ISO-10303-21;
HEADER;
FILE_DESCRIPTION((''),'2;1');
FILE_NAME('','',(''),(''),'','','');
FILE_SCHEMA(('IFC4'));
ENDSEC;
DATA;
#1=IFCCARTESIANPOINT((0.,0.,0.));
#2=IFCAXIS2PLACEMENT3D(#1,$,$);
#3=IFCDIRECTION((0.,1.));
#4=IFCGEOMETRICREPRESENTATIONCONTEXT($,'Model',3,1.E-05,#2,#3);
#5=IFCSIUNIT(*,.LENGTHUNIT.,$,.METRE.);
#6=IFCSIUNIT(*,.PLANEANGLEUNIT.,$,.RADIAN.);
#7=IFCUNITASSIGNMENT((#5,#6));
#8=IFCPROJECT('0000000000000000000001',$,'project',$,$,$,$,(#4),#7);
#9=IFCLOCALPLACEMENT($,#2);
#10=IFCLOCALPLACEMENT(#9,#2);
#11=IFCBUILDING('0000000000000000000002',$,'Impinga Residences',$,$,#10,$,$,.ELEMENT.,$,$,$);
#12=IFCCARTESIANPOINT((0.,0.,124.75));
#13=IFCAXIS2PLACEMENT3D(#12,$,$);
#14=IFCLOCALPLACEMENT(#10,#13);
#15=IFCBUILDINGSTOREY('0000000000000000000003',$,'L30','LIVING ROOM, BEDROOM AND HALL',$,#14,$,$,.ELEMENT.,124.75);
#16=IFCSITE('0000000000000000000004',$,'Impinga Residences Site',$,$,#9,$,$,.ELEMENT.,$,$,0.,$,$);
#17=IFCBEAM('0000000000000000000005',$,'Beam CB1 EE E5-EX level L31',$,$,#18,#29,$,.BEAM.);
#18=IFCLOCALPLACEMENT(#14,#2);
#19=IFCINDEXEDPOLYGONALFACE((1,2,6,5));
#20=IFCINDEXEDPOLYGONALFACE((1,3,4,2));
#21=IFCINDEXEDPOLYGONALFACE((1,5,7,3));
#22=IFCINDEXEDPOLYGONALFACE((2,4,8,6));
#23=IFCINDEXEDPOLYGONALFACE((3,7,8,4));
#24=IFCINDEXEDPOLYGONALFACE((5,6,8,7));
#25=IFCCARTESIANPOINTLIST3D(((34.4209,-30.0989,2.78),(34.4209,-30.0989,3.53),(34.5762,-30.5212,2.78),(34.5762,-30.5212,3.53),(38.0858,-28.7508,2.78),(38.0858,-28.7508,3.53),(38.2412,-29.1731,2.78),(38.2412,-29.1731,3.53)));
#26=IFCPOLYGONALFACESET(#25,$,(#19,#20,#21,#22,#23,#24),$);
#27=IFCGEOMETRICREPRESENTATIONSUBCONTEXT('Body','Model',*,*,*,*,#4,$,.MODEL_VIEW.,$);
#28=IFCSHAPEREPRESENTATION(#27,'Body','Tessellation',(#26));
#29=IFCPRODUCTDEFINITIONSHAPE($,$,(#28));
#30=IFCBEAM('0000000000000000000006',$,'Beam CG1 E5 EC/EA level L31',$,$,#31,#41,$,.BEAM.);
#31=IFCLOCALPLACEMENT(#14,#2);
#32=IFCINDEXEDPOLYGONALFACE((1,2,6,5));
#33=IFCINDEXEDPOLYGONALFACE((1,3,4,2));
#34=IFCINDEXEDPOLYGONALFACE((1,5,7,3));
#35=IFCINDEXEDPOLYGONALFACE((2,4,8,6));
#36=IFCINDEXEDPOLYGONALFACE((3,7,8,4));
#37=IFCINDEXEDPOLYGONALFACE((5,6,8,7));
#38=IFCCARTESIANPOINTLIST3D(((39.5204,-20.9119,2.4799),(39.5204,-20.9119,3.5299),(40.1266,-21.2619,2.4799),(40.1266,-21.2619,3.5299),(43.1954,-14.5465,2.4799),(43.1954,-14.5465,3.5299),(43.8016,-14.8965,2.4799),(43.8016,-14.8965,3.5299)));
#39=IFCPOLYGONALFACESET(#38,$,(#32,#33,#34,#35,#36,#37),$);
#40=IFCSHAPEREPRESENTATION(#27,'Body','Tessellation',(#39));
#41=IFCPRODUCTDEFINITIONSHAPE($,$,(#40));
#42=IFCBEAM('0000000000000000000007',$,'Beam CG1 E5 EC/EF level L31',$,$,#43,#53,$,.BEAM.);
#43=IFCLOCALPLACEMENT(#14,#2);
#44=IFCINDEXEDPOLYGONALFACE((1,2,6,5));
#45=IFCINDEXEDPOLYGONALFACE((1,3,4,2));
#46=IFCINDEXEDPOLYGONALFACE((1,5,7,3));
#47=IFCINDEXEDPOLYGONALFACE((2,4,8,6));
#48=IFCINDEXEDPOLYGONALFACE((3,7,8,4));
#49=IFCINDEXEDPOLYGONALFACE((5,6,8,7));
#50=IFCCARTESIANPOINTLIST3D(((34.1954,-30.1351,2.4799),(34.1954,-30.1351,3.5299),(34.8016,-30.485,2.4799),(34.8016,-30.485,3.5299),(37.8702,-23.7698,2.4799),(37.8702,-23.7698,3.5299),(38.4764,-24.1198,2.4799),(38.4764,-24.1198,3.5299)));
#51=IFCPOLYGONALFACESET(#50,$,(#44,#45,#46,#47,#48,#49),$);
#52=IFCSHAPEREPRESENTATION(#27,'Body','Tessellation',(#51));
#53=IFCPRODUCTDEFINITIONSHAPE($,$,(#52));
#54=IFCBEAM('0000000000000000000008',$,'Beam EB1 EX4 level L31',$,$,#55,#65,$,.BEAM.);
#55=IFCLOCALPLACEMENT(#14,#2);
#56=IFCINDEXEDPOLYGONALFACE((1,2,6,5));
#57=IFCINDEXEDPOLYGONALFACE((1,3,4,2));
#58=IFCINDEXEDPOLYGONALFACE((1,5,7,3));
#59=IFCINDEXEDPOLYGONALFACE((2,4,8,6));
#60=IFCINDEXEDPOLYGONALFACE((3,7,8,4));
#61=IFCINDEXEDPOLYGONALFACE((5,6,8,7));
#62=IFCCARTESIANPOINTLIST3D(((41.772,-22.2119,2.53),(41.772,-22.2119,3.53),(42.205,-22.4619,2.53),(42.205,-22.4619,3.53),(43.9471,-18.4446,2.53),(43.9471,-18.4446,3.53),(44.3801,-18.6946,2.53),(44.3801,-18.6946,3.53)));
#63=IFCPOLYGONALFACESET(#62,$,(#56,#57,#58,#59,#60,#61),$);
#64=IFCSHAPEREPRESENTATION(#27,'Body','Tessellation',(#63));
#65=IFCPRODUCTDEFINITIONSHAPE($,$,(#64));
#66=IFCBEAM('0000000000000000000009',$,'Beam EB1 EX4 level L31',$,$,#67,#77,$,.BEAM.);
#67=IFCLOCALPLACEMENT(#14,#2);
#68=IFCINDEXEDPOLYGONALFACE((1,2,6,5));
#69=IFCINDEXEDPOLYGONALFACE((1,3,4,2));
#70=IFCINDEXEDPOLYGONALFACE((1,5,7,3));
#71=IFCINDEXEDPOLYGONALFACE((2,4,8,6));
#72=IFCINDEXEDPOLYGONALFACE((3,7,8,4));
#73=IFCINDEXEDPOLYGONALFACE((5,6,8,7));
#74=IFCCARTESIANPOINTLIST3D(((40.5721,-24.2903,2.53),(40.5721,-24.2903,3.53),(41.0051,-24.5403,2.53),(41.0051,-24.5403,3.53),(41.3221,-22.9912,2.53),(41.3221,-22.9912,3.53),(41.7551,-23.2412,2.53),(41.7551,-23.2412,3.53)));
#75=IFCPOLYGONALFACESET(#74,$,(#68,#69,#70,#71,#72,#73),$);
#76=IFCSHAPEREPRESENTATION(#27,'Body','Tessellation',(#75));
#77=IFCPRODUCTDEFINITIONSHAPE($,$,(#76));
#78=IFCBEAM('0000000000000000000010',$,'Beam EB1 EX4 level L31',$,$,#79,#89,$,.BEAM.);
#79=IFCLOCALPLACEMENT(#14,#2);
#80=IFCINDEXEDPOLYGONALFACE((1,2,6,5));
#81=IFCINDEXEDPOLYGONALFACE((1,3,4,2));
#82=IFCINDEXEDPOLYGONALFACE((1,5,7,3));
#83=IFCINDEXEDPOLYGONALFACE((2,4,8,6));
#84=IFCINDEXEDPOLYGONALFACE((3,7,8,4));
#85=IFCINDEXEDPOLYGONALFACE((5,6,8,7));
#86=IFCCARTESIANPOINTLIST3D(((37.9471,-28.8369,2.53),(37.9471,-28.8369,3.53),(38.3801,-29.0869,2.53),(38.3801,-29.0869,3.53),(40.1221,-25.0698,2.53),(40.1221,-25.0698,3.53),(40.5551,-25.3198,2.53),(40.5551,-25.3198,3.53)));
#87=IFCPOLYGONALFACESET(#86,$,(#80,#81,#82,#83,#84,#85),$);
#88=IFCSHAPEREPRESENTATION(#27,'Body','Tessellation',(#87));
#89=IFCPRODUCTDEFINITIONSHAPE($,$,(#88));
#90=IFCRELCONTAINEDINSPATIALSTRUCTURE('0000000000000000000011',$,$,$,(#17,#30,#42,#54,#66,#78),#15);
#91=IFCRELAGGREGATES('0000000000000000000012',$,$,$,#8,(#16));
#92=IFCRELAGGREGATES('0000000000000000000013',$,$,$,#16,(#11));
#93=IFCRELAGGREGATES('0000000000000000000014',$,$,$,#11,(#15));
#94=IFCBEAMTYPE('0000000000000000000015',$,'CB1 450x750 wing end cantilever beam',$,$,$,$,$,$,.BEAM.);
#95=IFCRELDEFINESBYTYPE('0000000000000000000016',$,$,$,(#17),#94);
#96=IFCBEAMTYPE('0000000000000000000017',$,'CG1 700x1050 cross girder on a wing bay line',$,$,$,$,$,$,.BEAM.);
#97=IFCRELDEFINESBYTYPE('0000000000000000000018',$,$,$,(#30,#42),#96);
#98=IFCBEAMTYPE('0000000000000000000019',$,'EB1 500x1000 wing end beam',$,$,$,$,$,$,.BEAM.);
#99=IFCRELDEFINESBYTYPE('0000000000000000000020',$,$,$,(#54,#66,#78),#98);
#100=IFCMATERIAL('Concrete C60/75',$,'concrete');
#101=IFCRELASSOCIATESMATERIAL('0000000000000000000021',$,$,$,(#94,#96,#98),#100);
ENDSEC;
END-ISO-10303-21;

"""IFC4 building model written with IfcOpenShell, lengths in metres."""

from ifc_helpers import new_model, si_unit, direction, frame, origin, origin_2d, place, context, subcontext, project, spatial, rectangle, extrude, material, material_profile, profile_set, type_object, element, save


model = new_model("IFC4")

# Units and contexts
model_context = context("Model", 3, precision=1e-05, world=origin(), true_north=direction((0.0, 1.0)))
body_context = subcontext(model_context, "Body", "Model", "MODEL_VIEW")
ifc_project = project(units=[si_unit("LENGTHUNIT", "METRE"), si_unit("PLANEANGLEUNIT", "RADIAN")], contexts=[model_context])

# Site, building, storey
site_placement = place(None, origin())
site = spatial("IfcSite", under=ifc_project, at=site_placement, Name="Impinga Residences Site", CompositionType="ELEMENT", RefElevation=0.0)
building_placement = place(site_placement, origin())
building = spatial("IfcBuilding", under=site, at=building_placement, Name="Impinga Residences", CompositionType="ELEMENT")
storey_placement = place(building_placement, frame((0.0, 0.0, 124.75)))
storey = spatial("IfcBuildingStorey", under=building, at=storey_placement, Name="L30", Description="LIVING ROOM, BEDROOM AND HALL", CompositionType="ELEMENT", Elevation=124.75)

# Beams
ifc_material_1 = material(Name="Concrete C60/75", Category="concrete")
ifc_material_profile_1 = material_profile(ifc_material_1, rectangle(XDim=0.45, YDim=0.75, at=origin_2d()), Name="RC 450x750")
ifc_profile_set_1 = profile_set([ifc_material_profile_1], Name="Concrete C60/75")
beam_type_1 = type_object("IfcBeamType", Name="CB1 450x750 wing end cantilever beam", PredefinedType="BEAM", material=ifc_profile_set_1)
beam_1_placement = place(storey_placement, frame((34.4985, -30.3101, 3.155), z_axis=(0.93852, 0.345224, 0.0), x_axis=(-0.345224, 0.93852, 0.0)))
element("IfcBeam", 1, at=beam_1_placement, inside=storey, type_object=beam_type_1, Name="Beam CB1 EE E5-EX level L31", PredefinedType="BEAM", context=body_context, shape_type="SweptSolid", body=[
    extrude(rectangle(XDim=0.45, YDim=0.75, at=origin_2d()), origin(), (0.0, 0.0, 1.0), 3.905),
])
ifc_material_profile_2 = material_profile(ifc_material_1, rectangle(XDim=0.7, YDim=1.05, at=origin_2d()), Name="RC 700x1050")
ifc_profile_set_2 = profile_set([ifc_material_profile_2], Name="Concrete C60/75")
beam_type_2 = type_object("IfcBeamType", Name="CG1 700x1050 cross girder on a wing bay line", PredefinedType="BEAM", material=ifc_profile_set_2)
beam_2_placement = place(storey_placement, frame((39.8235, -21.0869, 3.0049), z_axis=(0.499994, 0.866029, 0.0), x_axis=(-0.866029, 0.499994, 0.0)))
element("IfcBeam", 2, at=beam_2_placement, inside=storey, type_object=beam_type_2, Name="Beam CG1 E5 EC/EA level L31", PredefinedType="BEAM", context=body_context, shape_type="SweptSolid", body=[
    extrude(rectangle(XDim=0.7, YDim=1.05, at=origin_2d()), origin(), (0.0, 0.0, 1.0), 7.3501),
])
beam_3_placement = place(storey_placement, frame((38.1733, -23.9448, 3.0049), z_axis=(-0.499983, -0.866035, 0.0), x_axis=(0.866035, -0.499983, 0.0)))
element("IfcBeam", 3, at=beam_3_placement, inside=storey, type_object=beam_type_2, Name="Beam CG1 E5 EC/EF level L31", PredefinedType="BEAM", context=body_context, shape_type="SweptSolid", body=[
    extrude(rectangle(XDim=0.7, YDim=1.05, at=origin_2d()), origin(), (0.0, 0.0, 1.0), 7.3499),
])
ifc_material_profile_3 = material_profile(ifc_material_1, rectangle(XDim=0.5, YDim=1.0, at=origin_2d()), Name="RC 500x1000")
ifc_profile_set_3 = profile_set([ifc_material_profile_3], Name="Concrete C60/75")
beam_type_3 = type_object("IfcBeamType", Name="EB1 500x1000 wing end beam", PredefinedType="BEAM", material=ifc_profile_set_3)
beam_4_placement = place(storey_placement, frame((44.1636, -18.5696, 3.03), z_axis=(-0.499996, -0.866028, 0.0), x_axis=(0.866028, -0.499996, 0.0)))
element("IfcBeam", 4, at=beam_4_placement, inside=storey, type_object=beam_type_3, Name="Beam EB1 EX4 level L31", PredefinedType="BEAM", context=body_context, shape_type="SweptSolid", body=[
    extrude(rectangle(XDim=0.5, YDim=1.0, at=origin_2d()), origin(), (0.0, 0.0, 1.0), 4.3501),
])
beam_5_placement = place(storey_placement, frame((41.5386, -23.1162, 3.03), z_axis=(-0.49999, -0.866031, 0.0), x_axis=(0.866031, -0.49999, 0.0)))
element("IfcBeam", 5, at=beam_5_placement, inside=storey, type_object=beam_type_3, Name="Beam EB1 EX4 level L31", PredefinedType="BEAM", context=body_context, shape_type="SweptSolid", body=[
    extrude(rectangle(XDim=0.5, YDim=1.0, at=origin_2d()), origin(), (0.0, 0.0, 1.0), 1.5),
])
beam_6_placement = place(storey_placement, frame((40.3386, -25.1948, 3.03), z_axis=(-0.50002, -0.866014, 0.0), x_axis=(0.866014, -0.50002, 0.0)))
element("IfcBeam", 6, at=beam_6_placement, inside=storey, type_object=beam_type_3, Name="Beam EB1 EX4 level L31", PredefinedType="BEAM", context=body_context, shape_type="SweptSolid", body=[
    extrude(rectangle(XDim=0.5, YDim=1.0, at=origin_2d()), origin(), (0.0, 0.0, 1.0), 4.3499),
])

save(model, "model.ifc")
